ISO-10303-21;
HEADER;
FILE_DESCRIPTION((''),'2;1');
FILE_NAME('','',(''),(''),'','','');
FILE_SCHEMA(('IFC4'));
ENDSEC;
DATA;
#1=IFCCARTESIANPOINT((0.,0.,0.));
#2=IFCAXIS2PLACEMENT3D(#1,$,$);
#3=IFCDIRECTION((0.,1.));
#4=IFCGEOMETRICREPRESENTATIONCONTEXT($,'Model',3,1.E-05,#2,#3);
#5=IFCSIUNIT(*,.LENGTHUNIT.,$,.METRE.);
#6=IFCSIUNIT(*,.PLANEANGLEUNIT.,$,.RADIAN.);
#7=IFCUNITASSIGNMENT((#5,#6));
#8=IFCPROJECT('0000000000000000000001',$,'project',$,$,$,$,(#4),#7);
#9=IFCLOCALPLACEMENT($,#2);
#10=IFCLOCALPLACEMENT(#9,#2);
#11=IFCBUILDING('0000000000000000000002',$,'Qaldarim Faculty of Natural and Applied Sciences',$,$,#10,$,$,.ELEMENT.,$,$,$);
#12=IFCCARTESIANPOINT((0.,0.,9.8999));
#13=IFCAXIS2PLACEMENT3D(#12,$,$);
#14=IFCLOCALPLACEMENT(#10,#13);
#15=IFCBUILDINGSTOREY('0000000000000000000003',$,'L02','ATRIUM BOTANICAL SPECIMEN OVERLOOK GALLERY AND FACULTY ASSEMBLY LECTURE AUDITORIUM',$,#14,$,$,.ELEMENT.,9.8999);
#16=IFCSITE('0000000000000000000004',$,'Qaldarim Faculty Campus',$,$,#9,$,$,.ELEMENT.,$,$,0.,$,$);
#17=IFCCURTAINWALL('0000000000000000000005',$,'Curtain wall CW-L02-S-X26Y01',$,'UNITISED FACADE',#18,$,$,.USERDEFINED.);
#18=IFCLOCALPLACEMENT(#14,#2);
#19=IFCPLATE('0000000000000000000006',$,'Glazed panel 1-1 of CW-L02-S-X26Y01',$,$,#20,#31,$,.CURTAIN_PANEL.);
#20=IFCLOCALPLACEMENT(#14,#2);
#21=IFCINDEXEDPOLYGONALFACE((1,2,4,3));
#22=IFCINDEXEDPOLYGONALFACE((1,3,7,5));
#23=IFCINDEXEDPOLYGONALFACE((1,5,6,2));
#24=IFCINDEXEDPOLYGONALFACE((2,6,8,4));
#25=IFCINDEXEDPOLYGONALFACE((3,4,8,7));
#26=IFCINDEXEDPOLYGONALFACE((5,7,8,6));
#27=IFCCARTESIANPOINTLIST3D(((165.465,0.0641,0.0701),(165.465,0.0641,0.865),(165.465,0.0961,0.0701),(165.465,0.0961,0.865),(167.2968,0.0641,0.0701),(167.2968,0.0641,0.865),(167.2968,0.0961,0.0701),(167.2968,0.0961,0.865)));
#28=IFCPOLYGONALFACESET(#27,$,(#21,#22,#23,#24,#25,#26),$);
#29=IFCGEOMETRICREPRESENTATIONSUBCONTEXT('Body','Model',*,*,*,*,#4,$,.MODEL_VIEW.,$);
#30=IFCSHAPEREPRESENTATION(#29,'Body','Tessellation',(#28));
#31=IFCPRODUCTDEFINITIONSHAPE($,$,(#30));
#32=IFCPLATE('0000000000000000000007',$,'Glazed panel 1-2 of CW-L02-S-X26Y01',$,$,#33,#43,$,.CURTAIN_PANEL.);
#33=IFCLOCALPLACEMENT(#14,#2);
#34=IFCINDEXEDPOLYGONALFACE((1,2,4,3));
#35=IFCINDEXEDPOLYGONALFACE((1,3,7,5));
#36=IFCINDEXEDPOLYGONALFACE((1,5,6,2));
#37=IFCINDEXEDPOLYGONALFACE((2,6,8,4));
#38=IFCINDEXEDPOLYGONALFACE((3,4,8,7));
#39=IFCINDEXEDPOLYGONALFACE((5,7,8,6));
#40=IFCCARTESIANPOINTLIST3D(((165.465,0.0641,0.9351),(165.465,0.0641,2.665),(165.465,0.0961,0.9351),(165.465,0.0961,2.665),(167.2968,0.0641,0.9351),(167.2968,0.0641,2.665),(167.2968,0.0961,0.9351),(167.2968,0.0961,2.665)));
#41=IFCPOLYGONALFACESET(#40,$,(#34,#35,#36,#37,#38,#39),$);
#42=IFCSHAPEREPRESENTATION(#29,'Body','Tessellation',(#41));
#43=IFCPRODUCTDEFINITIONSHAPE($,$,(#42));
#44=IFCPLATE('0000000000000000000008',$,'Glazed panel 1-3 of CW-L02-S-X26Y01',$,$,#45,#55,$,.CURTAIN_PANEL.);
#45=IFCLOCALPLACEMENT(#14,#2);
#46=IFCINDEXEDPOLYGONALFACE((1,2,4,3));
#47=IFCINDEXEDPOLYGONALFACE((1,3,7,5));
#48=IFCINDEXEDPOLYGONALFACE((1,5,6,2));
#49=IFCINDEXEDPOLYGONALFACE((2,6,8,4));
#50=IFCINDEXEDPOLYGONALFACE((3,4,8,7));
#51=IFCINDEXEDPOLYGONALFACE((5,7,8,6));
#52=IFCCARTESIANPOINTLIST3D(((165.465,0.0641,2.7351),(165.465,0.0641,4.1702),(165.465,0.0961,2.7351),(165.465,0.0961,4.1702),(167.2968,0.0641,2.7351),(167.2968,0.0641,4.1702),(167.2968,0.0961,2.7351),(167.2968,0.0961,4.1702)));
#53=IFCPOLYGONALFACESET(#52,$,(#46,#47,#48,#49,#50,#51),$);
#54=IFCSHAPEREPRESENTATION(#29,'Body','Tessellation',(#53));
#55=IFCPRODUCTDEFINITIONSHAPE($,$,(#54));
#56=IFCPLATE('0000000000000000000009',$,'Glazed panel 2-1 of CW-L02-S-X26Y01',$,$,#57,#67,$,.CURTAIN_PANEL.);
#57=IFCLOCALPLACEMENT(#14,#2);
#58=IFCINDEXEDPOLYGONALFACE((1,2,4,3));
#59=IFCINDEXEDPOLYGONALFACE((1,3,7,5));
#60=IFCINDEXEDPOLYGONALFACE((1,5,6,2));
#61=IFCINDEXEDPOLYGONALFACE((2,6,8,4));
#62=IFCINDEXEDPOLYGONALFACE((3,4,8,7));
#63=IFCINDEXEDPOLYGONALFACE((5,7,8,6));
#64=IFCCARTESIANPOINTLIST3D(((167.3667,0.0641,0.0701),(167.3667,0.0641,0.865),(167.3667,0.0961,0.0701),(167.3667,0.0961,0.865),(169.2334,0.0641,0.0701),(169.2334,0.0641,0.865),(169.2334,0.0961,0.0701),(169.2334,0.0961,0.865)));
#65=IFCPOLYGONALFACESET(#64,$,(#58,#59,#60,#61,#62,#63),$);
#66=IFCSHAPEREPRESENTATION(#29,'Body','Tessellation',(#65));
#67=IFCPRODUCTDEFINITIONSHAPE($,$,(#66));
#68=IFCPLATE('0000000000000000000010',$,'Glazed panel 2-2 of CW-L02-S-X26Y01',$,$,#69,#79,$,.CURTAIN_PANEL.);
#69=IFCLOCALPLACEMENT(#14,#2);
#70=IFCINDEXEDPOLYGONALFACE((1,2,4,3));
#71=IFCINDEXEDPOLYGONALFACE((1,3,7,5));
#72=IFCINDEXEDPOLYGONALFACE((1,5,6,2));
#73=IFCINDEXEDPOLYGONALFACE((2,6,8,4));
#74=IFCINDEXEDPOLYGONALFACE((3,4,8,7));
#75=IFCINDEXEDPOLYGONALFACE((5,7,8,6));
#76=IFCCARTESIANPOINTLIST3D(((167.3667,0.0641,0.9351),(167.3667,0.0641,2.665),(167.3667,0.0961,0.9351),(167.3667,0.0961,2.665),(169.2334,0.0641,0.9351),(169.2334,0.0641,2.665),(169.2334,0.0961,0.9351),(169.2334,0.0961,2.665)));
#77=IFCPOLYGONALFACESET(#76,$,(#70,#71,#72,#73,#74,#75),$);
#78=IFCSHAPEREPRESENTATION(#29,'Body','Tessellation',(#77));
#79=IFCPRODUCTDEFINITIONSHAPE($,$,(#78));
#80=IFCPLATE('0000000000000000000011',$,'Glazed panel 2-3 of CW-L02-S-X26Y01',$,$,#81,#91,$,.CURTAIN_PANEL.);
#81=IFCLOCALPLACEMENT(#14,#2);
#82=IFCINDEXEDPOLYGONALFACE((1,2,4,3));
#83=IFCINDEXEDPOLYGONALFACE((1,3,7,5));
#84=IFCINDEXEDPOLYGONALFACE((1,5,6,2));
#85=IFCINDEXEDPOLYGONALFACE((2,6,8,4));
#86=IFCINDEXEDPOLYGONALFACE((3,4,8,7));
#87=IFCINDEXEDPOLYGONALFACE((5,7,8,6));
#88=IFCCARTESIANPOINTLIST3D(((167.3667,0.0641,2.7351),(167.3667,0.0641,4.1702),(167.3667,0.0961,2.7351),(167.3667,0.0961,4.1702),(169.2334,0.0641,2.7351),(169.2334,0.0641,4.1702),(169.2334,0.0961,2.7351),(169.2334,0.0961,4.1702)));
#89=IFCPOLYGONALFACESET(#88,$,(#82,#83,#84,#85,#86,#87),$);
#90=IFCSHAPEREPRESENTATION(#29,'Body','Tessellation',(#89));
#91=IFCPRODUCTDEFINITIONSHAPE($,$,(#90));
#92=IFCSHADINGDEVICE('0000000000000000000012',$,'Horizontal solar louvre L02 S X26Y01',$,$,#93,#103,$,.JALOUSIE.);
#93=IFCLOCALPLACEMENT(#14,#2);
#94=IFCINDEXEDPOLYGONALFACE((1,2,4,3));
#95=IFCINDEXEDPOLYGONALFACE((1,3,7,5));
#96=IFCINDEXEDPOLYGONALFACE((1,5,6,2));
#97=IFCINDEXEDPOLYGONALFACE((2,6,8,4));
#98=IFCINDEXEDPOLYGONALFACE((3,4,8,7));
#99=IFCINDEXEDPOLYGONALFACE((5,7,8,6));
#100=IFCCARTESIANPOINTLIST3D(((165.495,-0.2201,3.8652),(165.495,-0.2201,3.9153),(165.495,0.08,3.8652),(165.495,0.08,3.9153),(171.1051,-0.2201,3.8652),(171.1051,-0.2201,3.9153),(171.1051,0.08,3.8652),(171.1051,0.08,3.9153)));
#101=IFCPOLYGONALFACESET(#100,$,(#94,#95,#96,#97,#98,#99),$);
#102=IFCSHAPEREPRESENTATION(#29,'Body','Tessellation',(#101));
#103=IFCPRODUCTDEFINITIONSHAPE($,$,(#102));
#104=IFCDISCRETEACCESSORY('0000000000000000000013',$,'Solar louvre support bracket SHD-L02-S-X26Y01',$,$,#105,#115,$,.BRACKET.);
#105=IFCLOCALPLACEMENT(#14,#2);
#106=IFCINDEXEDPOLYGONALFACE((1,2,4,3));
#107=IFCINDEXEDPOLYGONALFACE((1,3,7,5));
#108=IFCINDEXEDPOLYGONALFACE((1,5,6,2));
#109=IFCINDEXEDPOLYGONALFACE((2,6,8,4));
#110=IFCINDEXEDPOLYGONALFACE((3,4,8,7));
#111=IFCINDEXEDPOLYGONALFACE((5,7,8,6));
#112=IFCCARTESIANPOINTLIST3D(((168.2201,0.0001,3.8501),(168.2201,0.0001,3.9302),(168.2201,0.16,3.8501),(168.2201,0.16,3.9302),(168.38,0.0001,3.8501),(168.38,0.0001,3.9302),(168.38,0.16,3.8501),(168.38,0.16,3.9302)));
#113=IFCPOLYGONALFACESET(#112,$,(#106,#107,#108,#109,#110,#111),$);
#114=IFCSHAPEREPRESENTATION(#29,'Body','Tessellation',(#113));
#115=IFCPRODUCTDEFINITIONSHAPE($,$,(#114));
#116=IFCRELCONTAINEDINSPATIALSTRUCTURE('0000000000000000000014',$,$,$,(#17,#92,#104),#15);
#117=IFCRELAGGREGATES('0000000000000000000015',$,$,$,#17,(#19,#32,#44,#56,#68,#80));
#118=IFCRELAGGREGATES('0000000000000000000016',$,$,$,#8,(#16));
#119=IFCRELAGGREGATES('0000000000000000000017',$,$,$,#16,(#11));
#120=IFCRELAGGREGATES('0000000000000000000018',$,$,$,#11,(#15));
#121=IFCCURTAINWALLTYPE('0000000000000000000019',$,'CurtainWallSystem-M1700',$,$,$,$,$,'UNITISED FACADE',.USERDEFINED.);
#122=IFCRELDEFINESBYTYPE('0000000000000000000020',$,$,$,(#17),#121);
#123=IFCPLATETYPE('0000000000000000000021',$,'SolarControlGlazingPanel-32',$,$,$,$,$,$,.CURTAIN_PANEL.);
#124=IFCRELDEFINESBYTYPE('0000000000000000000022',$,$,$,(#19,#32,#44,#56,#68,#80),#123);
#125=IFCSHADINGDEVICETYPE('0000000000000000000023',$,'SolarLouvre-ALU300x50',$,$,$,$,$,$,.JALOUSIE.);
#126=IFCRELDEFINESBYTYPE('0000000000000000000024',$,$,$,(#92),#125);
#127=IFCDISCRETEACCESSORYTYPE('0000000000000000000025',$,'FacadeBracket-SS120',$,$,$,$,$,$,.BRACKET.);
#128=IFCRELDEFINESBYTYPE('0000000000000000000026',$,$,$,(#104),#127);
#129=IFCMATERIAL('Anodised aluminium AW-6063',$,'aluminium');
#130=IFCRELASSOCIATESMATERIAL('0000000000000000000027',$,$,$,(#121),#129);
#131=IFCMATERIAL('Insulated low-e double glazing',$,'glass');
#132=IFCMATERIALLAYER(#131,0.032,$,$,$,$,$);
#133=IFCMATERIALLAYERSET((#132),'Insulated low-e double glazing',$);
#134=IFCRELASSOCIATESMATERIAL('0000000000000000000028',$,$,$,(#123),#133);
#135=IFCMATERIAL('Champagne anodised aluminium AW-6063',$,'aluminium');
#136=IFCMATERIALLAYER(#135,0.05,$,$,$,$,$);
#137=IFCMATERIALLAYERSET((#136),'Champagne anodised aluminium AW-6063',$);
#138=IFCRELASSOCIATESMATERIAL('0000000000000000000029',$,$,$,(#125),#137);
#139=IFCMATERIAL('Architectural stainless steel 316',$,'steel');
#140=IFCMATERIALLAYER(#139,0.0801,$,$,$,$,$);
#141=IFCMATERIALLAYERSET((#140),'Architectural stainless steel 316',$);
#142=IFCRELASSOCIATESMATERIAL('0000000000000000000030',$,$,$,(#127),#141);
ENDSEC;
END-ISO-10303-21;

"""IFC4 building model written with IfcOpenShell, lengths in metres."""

from ifc_helpers import new_model, si_unit, direction, frame, origin, origin_2d, place, context, subcontext, project, spatial, rectangle, extrude, material, layer, layer_set, type_object, element, aggregate, save


model = new_model("IFC4")

# Units and contexts
model_context = context("Model", 3, precision=1e-05, world=origin(), true_north=direction((0.0, 1.0)))
body_context = subcontext(model_context, "Body", "Model", "MODEL_VIEW")
ifc_project = project(units=[si_unit("LENGTHUNIT", "METRE"), si_unit("PLANEANGLEUNIT", "RADIAN")], contexts=[model_context])

# Site, building, storey
site_placement = place(None, origin())
site = spatial("IfcSite", under=ifc_project, at=site_placement, Name="Qaldarim Faculty Campus", CompositionType="ELEMENT", RefElevation=0.0)
building_placement = place(site_placement, origin())
building = spatial("IfcBuilding", under=site, at=building_placement, Name="Qaldarim Faculty of Natural and Applied Sciences", CompositionType="ELEMENT")
storey_placement = place(building_placement, frame((0.0, 0.0, 9.8999)))
storey = spatial("IfcBuildingStorey", under=building, at=storey_placement, Name="L02", Description="ATRIUM BOTANICAL SPECIMEN OVERLOOK GALLERY AND FACULTY ASSEMBLY LECTURE AUDITORIUM", CompositionType="ELEMENT", Elevation=9.8999)

# Curtain wall, plates
ifc_material_1 = material(Name="Anodised aluminium AW-6063", Category="aluminium")
curtain_wall_type = type_object("IfcCurtainWallType", Name="CurtainWallSystem-M1700", ElementType="UNITISED FACADE", PredefinedType="USERDEFINED", material=ifc_material_1)
curtain_wall_placement = place(storey_placement, origin())
curtain_wall = element("IfcCurtainWall", 1, at=curtain_wall_placement, inside=storey, type_object=curtain_wall_type, Name="Curtain wall CW-L02-S-X26Y01", ObjectType="UNITISED FACADE", PredefinedType="USERDEFINED")
ifc_material_2 = material(Name="Insulated low-e double glazing", Category="glass")
ifc_layer_1 = layer(ifc_material_2, 0.032)
ifc_layer_set_1 = layer_set([ifc_layer_1], Name="Insulated low-e double glazing")
plate_type = type_object("IfcPlateType", Name="SolarControlGlazingPanel-32", PredefinedType="CURTAIN_PANEL", material=ifc_layer_set_1)
plate_1_placement = place(storey_placement, frame((166.3809, 0.0801, 0.0701), z_axis=(0.0, 0.0, 1.0), x_axis=(1.0, 0.0, 0.0)))
plate_1 = element("IfcPlate", 2, at=plate_1_placement, type_object=plate_type, Name="Glazed panel 1-1 of CW-L02-S-X26Y01", PredefinedType="CURTAIN_PANEL", context=body_context, shape_type="SweptSolid", body=[
    extrude(rectangle(XDim=1.8318, YDim=0.032, at=origin_2d()), origin(), (0.0, 0.0, 1.0), 0.7949),
])
plate_2_placement = place(storey_placement, frame((166.3809, 0.0801, 0.9351), z_axis=(0.0, 0.0, 1.0), x_axis=(1.0, 0.0, 0.0)))
plate_2 = element("IfcPlate", 3, at=plate_2_placement, type_object=plate_type, Name="Glazed panel 1-2 of CW-L02-S-X26Y01", PredefinedType="CURTAIN_PANEL", context=body_context, shape_type="SweptSolid", body=[
    extrude(rectangle(XDim=1.8318, YDim=0.032, at=origin_2d()), origin(), (0.0, 0.0, 1.0), 1.73),
])
plate_3_placement = place(storey_placement, frame((166.3809, 0.0801, 2.7351), z_axis=(0.0, 0.0, 1.0), x_axis=(1.0, 0.0, 0.0)))
plate_3 = element("IfcPlate", 4, at=plate_3_placement, type_object=plate_type, Name="Glazed panel 1-3 of CW-L02-S-X26Y01", PredefinedType="CURTAIN_PANEL", context=body_context, shape_type="SweptSolid", body=[
    extrude(rectangle(XDim=1.8318, YDim=0.032, at=origin_2d()), origin(), (0.0, 0.0, 1.0), 1.4351),
])
plate_4_placement = place(storey_placement, frame((168.3, 0.0801, 0.0701), z_axis=(0.0, 0.0, 1.0), x_axis=(1.0, 0.0, 0.0)))
plate_4 = element("IfcPlate", 5, at=plate_4_placement, type_object=plate_type, Name="Glazed panel 2-1 of CW-L02-S-X26Y01", PredefinedType="CURTAIN_PANEL", context=body_context, shape_type="SweptSolid", body=[
    extrude(rectangle(XDim=1.8667, YDim=0.032, at=origin_2d()), origin(), (0.0, 0.0, 1.0), 0.7949),
])
plate_5_placement = place(storey_placement, frame((168.3, 0.0801, 0.9351), z_axis=(0.0, 0.0, 1.0), x_axis=(1.0, 0.0, 0.0)))
plate_5 = element("IfcPlate", 6, at=plate_5_placement, type_object=plate_type, Name="Glazed panel 2-2 of CW-L02-S-X26Y01", PredefinedType="CURTAIN_PANEL", context=body_context, shape_type="SweptSolid", body=[
    extrude(rectangle(XDim=1.8667, YDim=0.032, at=origin_2d()), origin(), (0.0, 0.0, 1.0), 1.73),
])
plate_6_placement = place(storey_placement, frame((168.3, 0.0801, 2.7351), z_axis=(0.0, 0.0, 1.0), x_axis=(1.0, 0.0, 0.0)))
plate_6 = element("IfcPlate", 7, at=plate_6_placement, type_object=plate_type, Name="Glazed panel 2-3 of CW-L02-S-X26Y01", PredefinedType="CURTAIN_PANEL", context=body_context, shape_type="SweptSolid", body=[
    extrude(rectangle(XDim=1.8667, YDim=0.032, at=origin_2d()), origin(), (0.0, 0.0, 1.0), 1.4351),
])
aggregate(curtain_wall, [plate_1, plate_2, plate_3, plate_4, plate_5, plate_6])

# Shading device
ifc_material_3 = material(Name="Champagne anodised aluminium AW-6063", Category="aluminium")
ifc_layer_2 = layer(ifc_material_3, 0.05)
ifc_layer_set_2 = layer_set([ifc_layer_2], Name="Champagne anodised aluminium AW-6063")
shading_device_type = type_object("IfcShadingDeviceType", Name="SolarLouvre-ALU300x50", PredefinedType="JALOUSIE", material=ifc_layer_set_2)
shading_device_placement = place(storey_placement, frame((168.3, -0.0701, 3.8652), z_axis=(0.0, 0.0, 1.0), x_axis=(1.0, 0.0, 0.0)))
element("IfcShadingDevice", 8, at=shading_device_placement, inside=storey, type_object=shading_device_type, Name="Horizontal solar louvre L02 S X26Y01", PredefinedType="JALOUSIE", context=body_context, shape_type="SweptSolid", body=[
    extrude(rectangle(XDim=5.6101, YDim=0.3, at=origin_2d()), origin(), (0.0, 0.0, 1.0), 0.05),
])

# Discrete accessory
ifc_material_4 = material(Name="Architectural stainless steel 316", Category="steel")
ifc_layer_3 = layer(ifc_material_4, 0.0801)
ifc_layer_set_3 = layer_set([ifc_layer_3], Name="Architectural stainless steel 316")
discrete_accessory_type = type_object("IfcDiscreteAccessoryType", Name="FacadeBracket-SS120", PredefinedType="BRACKET", material=ifc_layer_set_3)
discrete_accessory_placement = place(storey_placement, frame((168.3, 0.0801, 3.8501), z_axis=(0.0, 0.0, 1.0), x_axis=(1.0, 0.0, 0.0)))
element("IfcDiscreteAccessory", 9, at=discrete_accessory_placement, inside=storey, type_object=discrete_accessory_type, Name="Solar louvre support bracket SHD-L02-S-X26Y01", PredefinedType="BRACKET", context=body_context, shape_type="SweptSolid", body=[
    extrude(rectangle(XDim=0.1599, YDim=0.1599, at=origin_2d()), origin(), (0.0, 0.0, 1.0), 0.0801),
])

save(model, "model.ifc")
